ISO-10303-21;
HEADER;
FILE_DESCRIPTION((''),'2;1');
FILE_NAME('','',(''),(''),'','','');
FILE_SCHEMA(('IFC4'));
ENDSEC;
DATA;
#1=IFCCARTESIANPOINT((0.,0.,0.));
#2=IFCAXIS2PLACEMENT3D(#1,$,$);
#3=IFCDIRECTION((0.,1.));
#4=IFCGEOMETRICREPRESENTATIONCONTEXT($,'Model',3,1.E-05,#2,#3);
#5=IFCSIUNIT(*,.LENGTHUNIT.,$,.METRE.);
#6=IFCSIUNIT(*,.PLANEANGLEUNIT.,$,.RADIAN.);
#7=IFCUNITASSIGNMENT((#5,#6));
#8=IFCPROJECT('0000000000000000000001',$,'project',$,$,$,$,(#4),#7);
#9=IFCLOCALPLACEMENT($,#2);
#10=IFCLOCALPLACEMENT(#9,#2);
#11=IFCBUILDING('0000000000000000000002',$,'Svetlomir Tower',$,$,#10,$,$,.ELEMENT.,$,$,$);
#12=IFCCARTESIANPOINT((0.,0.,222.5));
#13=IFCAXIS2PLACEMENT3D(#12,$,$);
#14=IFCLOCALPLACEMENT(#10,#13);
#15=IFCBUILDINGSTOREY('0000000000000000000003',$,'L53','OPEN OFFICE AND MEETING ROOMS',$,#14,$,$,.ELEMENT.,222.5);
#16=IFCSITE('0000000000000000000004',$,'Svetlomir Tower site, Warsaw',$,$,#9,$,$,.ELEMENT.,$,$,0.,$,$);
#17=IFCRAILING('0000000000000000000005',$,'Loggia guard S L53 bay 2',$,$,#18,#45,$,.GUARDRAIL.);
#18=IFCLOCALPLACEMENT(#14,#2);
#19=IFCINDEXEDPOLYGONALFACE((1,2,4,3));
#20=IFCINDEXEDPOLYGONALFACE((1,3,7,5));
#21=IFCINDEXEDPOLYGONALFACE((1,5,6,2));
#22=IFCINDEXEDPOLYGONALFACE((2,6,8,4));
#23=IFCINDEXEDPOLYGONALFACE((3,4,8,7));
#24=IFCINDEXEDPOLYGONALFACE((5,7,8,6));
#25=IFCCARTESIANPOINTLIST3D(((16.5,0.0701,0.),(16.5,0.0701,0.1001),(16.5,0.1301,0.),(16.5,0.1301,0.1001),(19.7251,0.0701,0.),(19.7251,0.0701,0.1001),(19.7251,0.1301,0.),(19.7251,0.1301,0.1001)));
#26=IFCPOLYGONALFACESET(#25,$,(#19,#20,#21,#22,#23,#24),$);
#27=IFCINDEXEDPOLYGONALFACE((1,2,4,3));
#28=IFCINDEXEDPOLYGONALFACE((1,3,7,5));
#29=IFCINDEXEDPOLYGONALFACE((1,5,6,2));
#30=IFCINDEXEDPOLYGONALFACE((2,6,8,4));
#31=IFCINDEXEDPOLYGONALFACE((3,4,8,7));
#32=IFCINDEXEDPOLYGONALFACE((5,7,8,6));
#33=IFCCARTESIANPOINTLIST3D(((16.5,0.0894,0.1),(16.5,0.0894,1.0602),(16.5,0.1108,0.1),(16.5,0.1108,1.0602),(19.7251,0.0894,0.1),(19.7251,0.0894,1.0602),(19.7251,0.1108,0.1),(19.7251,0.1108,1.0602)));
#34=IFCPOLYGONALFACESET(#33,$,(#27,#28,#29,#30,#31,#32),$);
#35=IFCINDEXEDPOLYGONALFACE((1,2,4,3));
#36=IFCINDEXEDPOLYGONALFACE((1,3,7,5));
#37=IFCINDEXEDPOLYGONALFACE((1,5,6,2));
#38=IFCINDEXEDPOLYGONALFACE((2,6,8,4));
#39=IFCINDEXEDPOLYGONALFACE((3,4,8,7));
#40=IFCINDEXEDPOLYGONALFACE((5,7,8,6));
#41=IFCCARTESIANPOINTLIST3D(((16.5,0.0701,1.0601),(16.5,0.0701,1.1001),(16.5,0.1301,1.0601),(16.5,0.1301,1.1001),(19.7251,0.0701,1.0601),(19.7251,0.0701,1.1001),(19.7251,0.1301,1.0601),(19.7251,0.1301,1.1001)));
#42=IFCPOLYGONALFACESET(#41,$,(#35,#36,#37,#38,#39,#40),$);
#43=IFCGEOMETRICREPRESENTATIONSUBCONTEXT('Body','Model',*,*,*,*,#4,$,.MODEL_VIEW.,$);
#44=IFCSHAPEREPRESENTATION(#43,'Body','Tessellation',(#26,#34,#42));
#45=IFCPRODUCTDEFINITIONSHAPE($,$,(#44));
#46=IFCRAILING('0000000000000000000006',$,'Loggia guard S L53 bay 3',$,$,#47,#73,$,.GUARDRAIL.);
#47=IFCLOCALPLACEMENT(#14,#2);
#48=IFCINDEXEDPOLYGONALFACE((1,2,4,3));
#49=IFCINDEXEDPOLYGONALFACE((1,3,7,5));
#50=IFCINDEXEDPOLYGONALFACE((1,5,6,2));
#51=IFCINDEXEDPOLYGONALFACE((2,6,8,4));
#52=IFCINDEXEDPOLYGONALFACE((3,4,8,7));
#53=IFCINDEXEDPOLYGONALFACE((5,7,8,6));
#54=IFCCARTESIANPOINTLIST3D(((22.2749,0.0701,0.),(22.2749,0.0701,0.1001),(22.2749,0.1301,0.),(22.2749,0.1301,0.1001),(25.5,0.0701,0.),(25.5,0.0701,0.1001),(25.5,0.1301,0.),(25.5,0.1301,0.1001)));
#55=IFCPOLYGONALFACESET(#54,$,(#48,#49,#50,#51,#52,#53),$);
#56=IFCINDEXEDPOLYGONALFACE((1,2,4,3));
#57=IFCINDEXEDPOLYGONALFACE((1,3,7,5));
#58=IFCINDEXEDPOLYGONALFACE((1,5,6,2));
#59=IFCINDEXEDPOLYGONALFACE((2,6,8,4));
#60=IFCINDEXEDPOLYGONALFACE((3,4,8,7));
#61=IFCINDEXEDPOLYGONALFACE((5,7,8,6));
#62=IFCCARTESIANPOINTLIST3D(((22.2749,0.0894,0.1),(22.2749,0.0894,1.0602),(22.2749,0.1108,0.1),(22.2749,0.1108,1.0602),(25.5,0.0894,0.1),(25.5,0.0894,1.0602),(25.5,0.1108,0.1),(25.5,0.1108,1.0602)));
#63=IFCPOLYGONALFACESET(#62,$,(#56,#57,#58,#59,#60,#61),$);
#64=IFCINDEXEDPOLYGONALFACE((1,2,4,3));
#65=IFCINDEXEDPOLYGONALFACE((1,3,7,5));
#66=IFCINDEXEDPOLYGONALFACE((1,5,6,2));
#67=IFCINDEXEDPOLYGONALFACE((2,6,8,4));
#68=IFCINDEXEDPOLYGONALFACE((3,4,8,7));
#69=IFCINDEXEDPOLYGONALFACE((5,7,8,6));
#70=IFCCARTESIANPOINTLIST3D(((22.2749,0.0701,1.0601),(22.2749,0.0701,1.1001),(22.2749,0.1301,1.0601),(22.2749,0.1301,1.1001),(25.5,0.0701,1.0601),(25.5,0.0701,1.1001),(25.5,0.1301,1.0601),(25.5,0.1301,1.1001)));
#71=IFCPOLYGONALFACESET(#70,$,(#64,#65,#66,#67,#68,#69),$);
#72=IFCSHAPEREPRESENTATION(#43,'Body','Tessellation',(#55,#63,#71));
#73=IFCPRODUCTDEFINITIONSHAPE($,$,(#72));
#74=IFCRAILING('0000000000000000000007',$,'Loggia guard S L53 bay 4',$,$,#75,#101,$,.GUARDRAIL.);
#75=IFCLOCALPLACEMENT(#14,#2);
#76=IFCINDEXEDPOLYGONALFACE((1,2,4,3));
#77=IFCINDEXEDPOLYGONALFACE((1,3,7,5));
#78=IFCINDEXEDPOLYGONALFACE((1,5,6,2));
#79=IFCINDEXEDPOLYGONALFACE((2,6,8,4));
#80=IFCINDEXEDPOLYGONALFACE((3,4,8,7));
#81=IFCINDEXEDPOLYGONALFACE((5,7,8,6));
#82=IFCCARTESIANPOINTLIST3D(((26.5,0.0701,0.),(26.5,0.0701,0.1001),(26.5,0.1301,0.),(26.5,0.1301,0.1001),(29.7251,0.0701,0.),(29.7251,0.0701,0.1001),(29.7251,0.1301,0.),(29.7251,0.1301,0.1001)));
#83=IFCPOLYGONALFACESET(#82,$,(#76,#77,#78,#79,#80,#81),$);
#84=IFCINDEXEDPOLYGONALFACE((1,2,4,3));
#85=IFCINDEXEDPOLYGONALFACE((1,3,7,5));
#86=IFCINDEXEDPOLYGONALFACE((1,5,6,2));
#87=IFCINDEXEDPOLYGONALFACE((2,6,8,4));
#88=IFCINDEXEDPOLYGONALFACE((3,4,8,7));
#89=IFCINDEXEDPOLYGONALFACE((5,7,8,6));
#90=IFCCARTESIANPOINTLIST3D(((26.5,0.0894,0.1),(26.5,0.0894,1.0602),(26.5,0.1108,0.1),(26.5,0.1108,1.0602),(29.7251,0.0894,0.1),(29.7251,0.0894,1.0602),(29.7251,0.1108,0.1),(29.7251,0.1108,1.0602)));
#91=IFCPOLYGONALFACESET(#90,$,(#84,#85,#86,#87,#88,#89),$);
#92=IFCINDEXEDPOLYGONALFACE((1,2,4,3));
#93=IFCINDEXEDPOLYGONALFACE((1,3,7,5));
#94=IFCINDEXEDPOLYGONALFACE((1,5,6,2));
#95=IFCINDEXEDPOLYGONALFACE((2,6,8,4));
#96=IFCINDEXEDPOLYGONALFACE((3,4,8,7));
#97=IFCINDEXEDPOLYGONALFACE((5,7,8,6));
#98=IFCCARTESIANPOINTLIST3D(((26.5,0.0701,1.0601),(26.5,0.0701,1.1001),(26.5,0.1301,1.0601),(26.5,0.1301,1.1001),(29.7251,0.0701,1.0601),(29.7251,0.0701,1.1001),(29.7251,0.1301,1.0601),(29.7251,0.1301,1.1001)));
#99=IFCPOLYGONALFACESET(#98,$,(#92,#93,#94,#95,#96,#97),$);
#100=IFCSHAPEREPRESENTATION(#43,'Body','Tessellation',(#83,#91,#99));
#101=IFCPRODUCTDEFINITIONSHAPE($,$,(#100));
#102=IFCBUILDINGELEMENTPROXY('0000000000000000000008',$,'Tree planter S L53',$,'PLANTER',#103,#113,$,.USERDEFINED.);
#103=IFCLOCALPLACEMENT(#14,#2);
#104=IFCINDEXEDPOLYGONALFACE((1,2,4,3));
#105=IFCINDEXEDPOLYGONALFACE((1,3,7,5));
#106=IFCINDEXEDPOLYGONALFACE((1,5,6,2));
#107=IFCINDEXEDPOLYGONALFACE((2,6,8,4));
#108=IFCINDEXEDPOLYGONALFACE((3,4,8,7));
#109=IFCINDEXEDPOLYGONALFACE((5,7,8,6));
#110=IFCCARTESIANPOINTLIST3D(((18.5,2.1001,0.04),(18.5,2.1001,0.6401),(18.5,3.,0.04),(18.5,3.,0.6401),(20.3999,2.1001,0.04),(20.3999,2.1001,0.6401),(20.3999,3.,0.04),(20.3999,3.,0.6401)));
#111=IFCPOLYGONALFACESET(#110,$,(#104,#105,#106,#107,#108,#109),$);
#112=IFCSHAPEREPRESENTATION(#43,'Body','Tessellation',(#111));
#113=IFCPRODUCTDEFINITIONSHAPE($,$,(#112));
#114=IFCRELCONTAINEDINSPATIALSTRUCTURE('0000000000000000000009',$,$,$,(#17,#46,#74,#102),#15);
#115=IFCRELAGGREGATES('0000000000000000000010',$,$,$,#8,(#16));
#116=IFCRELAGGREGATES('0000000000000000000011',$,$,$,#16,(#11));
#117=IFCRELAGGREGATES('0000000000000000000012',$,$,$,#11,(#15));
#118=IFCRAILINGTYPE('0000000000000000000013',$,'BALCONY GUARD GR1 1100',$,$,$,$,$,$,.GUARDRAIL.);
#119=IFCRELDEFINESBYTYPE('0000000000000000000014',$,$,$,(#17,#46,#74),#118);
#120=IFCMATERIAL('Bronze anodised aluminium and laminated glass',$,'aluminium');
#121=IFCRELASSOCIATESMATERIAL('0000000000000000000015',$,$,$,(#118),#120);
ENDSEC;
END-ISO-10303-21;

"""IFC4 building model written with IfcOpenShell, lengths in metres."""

from ifc_helpers import new_model, si_unit, direction, frame, origin, origin_2d, place, context, subcontext, project, spatial, rectangle, extrude, material, type_object, element, save


model = new_model("IFC4")

# Units and contexts
model_context = context("Model", 3, precision=1e-05, world=origin(), true_north=direction((0.0, 1.0)))
body_context = subcontext(model_context, "Body", "Model", "MODEL_VIEW")
ifc_project = project(units=[si_unit("LENGTHUNIT", "METRE"), si_unit("PLANEANGLEUNIT", "RADIAN")], contexts=[model_context])

# Site, building, storey
site_placement = place(None, origin())
site = spatial("IfcSite", under=ifc_project, at=site_placement, Name="Svetlomir Tower site, Warsaw", CompositionType="ELEMENT", RefElevation=0.0)
building_placement = place(site_placement, origin())
building = spatial("IfcBuilding", under=site, at=building_placement, Name="Svetlomir Tower", CompositionType="ELEMENT")
storey_placement = place(building_placement, frame((0.0, 0.0, 222.5)))
storey = spatial("IfcBuildingStorey", under=building, at=storey_placement, Name="L53", Description="OPEN OFFICE AND MEETING ROOMS", CompositionType="ELEMENT", Elevation=222.5)

# Railings
ifc_material_1 = material(Name="Bronze anodised aluminium and laminated glass", Category="aluminium")
railing_type = type_object("IfcRailingType", Name="BALCONY GUARD GR1 1100", PredefinedType="GUARDRAIL", material=ifc_material_1)
for number, where, name in (
    (1, (16.5, 0.1001, 0.0), "Loggia guard S L53 bay 2"),
    (2, (22.2749, 0.1001, 0.0), "Loggia guard S L53 bay 3"),
    (3, (26.5, 0.1001, 0.0), "Loggia guard S L53 bay 4"),
):
    element("IfcRailing", number, at=place(storey_placement, frame(where)), inside=storey, type_object=railing_type, Name=name, PredefinedType="GUARDRAIL", context=body_context, shape_type="SweptSolid", body=[
        extrude(rectangle(XDim=0.0601, YDim=0.1001, at=origin_2d()), frame((0.0, 0.0, 0.05), z_axis=(1.0, 0.0, 0.0), x_axis=(0.0, 1.0, 0.0)), (0.0, 0.0, 1.0), 3.2251),
        extrude(rectangle(XDim=0.0215, YDim=0.9602, at=origin_2d()), frame((0.0, 0.0, 0.5801), z_axis=(1.0, 0.0, 0.0), x_axis=(0.0, 1.0, 0.0)), (0.0, 0.0, 1.0), 3.2251),
        extrude(rectangle(XDim=0.0601, YDim=0.04, at=origin_2d()), frame((0.0, 0.0, 1.0801), z_axis=(1.0, 0.0, 0.0), x_axis=(0.0, 1.0, 0.0)), (0.0, 0.0, 1.0), 3.2251),
    ])

# Building element proxy
proxy_placement = place(storey_placement, frame((19.45, 2.55, 0.04), z_axis=(0.0, 0.0, 1.0), x_axis=(1.0, 0.0, 0.0)))
element("IfcBuildingElementProxy", 4, at=proxy_placement, inside=storey, Name="Tree planter S L53", ObjectType="PLANTER", PredefinedType="USERDEFINED", context=body_context, shape_type="SweptSolid", body=[
    extrude(rectangle(XDim=1.8999, YDim=0.8999, at=origin_2d()), origin(), (0.0, 0.0, 1.0), 0.6001),
])

save(model, "model.ifc")
